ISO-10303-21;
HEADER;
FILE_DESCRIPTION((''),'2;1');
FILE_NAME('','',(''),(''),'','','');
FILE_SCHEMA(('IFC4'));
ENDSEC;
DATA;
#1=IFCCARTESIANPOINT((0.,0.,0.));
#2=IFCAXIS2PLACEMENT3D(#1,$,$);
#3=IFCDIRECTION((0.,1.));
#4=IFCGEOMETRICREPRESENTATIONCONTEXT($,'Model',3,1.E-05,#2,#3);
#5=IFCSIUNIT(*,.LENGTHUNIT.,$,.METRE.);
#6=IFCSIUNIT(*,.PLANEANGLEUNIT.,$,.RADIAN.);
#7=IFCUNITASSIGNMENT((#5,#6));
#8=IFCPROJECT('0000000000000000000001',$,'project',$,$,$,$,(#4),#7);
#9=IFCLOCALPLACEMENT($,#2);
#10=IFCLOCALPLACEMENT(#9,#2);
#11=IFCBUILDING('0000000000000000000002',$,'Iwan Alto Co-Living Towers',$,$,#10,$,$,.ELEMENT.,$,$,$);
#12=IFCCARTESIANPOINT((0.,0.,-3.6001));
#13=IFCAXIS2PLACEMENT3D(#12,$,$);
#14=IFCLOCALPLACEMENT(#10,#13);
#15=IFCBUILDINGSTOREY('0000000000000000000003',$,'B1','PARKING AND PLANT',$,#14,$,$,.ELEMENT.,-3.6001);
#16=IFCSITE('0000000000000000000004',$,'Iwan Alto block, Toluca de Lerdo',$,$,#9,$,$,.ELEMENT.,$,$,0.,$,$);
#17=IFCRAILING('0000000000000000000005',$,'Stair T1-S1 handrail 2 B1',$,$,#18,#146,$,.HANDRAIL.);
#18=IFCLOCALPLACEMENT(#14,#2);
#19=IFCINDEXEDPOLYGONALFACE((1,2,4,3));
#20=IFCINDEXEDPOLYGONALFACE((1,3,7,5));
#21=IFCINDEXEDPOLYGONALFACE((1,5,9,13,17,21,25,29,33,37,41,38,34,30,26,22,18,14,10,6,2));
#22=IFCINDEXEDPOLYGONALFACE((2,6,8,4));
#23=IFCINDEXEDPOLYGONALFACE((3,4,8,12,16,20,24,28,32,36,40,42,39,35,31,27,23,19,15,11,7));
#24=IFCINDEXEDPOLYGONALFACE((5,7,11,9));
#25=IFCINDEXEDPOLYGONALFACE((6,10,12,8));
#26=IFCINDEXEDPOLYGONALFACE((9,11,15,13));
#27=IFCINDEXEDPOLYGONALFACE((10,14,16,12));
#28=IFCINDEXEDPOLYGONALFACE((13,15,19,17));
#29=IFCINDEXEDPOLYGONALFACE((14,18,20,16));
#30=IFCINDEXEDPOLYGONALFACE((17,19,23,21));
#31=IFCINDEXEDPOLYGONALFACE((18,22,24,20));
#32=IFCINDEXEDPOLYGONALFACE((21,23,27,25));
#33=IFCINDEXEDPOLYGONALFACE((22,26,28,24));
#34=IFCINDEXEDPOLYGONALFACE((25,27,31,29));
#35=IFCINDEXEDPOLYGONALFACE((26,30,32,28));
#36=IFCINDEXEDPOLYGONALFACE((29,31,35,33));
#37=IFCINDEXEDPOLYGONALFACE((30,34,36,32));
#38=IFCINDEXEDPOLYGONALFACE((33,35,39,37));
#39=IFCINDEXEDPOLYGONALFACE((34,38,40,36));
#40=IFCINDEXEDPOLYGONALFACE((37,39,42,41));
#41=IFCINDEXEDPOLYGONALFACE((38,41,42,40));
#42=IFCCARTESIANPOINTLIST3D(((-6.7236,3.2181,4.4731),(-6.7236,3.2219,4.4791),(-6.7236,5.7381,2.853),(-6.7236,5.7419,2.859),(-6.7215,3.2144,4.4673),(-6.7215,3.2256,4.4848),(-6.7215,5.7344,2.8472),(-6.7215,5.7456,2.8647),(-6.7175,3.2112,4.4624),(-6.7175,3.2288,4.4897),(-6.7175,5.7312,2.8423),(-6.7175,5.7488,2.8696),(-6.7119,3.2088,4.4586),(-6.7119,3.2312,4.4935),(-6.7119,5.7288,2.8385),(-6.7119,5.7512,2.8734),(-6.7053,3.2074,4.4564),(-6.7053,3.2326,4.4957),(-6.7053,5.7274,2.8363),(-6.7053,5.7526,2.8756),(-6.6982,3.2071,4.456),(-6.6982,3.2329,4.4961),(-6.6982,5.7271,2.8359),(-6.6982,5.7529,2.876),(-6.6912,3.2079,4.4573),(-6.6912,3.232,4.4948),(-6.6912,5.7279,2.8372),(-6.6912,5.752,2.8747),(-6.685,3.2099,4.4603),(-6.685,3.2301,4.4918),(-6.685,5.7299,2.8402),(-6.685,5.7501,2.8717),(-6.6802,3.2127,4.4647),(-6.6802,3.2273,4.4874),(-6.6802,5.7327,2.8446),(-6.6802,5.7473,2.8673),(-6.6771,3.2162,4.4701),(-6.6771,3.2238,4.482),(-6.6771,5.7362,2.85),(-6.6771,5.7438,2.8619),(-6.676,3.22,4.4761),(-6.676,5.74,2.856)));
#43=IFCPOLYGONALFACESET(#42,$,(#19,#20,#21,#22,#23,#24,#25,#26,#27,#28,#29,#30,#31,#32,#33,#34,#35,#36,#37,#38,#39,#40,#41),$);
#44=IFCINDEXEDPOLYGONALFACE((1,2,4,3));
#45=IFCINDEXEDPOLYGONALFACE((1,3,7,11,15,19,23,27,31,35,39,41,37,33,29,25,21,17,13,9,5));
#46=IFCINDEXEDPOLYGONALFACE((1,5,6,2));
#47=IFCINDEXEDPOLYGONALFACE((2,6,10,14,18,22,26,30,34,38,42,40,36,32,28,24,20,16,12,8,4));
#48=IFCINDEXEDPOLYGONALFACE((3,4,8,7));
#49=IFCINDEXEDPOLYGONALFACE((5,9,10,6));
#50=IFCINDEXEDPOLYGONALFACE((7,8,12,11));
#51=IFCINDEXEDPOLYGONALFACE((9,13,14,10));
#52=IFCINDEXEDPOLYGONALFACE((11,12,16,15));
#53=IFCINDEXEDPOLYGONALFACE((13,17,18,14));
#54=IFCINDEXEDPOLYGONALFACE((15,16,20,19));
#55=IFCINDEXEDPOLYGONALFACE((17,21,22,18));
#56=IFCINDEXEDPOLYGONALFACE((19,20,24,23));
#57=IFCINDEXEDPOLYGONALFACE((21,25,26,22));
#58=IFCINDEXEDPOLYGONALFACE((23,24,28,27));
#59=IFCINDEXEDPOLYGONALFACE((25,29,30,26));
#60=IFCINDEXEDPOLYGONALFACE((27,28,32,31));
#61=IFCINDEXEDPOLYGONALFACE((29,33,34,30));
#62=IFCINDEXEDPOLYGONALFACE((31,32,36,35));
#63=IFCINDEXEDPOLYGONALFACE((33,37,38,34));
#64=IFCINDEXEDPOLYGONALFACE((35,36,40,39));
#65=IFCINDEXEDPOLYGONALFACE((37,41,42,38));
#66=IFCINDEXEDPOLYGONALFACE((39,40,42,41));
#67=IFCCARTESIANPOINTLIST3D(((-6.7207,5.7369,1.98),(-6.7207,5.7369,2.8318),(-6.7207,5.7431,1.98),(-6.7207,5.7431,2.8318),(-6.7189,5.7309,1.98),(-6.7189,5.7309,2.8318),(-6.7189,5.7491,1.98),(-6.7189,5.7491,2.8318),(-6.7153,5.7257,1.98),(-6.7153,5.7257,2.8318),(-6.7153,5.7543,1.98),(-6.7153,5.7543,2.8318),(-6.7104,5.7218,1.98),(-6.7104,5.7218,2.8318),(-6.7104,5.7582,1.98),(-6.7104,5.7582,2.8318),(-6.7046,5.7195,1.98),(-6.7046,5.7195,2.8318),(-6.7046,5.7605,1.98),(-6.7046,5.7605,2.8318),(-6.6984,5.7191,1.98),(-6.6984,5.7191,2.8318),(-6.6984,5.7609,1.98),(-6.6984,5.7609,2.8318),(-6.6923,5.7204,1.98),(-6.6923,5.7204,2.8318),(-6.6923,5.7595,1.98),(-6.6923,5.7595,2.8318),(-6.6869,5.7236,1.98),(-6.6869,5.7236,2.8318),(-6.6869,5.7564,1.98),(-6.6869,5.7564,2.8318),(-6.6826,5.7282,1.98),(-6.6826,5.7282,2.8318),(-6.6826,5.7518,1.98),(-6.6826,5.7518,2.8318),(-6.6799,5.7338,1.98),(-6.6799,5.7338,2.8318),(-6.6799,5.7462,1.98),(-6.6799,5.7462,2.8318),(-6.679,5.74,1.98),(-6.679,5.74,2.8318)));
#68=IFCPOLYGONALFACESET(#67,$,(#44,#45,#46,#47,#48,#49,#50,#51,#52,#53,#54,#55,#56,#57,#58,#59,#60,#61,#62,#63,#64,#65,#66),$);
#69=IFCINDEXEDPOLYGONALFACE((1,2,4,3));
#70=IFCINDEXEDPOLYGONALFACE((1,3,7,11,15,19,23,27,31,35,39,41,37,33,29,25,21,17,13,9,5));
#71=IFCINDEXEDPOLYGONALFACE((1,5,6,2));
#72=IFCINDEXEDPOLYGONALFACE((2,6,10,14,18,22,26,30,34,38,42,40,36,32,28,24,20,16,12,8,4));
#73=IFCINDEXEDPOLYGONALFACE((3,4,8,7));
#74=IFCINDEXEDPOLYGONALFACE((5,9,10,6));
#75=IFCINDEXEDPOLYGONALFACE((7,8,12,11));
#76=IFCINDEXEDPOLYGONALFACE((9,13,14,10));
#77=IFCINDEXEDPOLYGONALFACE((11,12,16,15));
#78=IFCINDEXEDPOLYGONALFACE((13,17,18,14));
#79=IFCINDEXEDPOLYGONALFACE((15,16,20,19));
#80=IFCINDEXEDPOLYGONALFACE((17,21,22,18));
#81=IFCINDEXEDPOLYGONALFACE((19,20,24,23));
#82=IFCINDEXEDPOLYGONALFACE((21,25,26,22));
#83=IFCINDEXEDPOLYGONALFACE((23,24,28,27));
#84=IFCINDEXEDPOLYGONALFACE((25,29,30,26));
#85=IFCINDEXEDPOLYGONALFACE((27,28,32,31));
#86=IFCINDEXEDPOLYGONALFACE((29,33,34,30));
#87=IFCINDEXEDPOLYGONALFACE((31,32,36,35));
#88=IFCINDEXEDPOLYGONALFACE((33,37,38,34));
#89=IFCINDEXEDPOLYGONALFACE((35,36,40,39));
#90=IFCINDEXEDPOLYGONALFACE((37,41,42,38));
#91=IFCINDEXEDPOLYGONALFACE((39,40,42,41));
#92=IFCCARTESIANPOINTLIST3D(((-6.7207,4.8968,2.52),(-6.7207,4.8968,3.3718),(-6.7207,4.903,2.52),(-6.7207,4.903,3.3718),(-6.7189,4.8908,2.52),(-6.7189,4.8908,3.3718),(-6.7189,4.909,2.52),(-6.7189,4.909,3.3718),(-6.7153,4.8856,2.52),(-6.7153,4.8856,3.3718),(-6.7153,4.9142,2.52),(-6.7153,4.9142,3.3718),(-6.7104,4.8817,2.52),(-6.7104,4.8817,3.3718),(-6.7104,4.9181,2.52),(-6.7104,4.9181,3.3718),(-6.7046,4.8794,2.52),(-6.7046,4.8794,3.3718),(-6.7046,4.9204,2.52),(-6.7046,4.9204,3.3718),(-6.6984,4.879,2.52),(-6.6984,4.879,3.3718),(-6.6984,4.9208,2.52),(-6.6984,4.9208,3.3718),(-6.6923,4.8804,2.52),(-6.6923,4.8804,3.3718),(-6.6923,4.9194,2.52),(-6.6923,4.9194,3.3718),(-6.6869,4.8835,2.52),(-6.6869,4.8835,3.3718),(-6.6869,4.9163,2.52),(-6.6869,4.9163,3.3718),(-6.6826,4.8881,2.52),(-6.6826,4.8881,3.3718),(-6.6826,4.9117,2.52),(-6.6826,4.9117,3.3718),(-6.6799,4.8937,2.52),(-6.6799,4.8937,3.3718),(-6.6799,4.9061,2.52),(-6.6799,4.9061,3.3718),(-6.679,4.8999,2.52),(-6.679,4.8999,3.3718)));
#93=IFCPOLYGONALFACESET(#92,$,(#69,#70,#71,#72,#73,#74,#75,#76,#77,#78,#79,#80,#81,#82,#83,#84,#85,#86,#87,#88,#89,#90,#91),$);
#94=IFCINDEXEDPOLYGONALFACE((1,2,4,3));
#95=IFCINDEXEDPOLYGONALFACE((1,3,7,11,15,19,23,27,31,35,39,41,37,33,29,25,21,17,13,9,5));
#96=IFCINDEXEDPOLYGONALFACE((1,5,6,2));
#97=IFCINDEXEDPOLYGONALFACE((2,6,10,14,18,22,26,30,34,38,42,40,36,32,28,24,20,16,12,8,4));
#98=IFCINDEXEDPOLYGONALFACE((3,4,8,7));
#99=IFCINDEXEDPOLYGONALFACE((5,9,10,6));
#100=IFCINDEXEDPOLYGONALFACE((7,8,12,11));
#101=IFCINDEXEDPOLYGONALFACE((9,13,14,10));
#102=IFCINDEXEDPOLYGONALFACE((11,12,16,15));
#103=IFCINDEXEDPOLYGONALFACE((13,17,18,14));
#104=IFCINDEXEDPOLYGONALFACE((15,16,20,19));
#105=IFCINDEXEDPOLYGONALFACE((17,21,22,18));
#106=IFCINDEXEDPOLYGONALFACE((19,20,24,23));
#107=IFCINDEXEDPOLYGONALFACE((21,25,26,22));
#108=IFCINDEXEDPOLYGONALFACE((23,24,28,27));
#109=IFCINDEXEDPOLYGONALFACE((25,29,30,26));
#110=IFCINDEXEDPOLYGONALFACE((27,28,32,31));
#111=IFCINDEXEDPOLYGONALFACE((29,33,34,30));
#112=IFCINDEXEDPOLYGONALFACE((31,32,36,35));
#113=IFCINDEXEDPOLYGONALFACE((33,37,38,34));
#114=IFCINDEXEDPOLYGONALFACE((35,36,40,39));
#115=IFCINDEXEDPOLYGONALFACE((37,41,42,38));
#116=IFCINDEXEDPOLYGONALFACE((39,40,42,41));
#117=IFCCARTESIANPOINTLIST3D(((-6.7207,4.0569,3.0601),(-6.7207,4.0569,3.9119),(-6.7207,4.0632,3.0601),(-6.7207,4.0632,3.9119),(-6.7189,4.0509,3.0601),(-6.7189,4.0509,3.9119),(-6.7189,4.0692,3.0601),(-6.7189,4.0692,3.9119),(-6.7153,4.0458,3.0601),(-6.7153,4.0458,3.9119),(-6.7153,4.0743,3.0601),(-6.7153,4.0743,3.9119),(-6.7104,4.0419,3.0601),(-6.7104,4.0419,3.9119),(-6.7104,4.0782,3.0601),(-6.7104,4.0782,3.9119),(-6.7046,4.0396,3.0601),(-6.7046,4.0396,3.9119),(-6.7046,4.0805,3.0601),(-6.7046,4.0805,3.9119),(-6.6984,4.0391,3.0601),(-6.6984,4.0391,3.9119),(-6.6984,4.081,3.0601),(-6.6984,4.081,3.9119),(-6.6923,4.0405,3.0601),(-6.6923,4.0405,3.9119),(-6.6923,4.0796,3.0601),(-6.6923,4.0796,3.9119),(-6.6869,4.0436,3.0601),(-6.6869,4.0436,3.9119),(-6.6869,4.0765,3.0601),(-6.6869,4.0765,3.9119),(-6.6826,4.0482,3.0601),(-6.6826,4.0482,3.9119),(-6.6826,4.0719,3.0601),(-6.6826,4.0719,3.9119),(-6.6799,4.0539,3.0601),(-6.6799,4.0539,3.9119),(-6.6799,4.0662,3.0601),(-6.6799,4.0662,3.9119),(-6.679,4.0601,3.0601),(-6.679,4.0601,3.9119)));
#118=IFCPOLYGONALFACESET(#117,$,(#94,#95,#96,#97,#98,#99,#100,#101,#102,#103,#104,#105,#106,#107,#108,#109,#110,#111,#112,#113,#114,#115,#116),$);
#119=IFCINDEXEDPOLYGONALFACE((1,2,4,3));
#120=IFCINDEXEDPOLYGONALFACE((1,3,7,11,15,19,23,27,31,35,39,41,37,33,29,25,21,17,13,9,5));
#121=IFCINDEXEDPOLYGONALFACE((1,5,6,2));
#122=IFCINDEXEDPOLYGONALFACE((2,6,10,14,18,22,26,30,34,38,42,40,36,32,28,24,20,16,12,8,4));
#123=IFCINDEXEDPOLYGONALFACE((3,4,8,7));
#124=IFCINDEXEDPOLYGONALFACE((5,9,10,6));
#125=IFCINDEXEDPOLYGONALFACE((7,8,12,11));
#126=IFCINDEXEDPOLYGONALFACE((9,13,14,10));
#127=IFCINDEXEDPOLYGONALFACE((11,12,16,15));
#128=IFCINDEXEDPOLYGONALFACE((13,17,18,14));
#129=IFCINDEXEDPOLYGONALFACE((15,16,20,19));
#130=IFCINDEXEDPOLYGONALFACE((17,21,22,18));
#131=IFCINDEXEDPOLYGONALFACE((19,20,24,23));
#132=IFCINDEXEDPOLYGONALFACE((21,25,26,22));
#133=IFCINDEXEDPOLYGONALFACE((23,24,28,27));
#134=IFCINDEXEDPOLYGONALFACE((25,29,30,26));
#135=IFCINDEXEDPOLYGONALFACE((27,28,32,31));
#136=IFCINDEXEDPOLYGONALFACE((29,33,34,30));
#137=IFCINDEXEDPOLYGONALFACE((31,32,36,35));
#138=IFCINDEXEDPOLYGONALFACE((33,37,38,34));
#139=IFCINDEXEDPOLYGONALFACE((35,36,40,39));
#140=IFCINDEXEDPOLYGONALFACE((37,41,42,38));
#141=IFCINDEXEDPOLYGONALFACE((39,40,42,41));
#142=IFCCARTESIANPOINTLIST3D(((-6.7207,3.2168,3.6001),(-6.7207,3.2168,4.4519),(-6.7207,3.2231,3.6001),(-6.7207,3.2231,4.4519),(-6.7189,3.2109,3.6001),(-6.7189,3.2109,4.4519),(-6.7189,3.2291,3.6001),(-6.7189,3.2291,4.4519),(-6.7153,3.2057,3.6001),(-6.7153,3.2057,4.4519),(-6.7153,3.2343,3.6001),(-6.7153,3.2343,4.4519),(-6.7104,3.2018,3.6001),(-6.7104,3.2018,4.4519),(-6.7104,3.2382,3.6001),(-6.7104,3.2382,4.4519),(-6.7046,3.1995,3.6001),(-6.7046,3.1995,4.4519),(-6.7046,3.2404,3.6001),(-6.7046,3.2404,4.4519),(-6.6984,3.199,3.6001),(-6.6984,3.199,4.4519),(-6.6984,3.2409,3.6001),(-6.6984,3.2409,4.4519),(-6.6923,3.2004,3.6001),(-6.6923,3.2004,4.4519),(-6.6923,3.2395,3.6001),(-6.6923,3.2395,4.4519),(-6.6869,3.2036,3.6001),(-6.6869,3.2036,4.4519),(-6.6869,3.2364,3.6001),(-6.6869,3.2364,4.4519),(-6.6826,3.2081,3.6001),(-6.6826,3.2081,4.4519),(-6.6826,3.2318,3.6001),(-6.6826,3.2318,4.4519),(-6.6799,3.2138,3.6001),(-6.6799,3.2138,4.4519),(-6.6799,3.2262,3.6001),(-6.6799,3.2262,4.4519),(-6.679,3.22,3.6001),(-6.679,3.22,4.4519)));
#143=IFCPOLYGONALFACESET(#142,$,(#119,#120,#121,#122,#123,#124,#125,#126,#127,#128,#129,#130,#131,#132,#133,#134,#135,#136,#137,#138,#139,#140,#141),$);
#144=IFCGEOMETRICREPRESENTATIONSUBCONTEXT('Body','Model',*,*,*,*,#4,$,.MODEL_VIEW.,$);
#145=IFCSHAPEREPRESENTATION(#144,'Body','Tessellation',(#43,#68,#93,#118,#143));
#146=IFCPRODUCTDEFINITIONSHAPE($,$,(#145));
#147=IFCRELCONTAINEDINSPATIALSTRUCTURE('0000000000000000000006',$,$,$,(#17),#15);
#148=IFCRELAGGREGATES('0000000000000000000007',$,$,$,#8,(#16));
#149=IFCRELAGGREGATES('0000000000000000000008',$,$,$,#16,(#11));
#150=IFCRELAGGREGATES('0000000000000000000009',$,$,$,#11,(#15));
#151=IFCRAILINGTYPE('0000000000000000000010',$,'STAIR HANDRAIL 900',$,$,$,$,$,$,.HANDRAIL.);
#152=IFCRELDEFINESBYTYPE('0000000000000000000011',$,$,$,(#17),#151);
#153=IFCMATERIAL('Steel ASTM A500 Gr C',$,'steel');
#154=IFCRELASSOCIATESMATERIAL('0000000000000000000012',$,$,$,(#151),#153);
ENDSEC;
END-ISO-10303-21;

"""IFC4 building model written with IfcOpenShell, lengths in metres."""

from ifc_helpers import new_model, si_unit, direction, frame, origin, origin_2d, place, context, subcontext, project, spatial, circle, extrude, material, type_object, element, save


model = new_model("IFC4")

# Units and contexts
model_context = context("Model", 3, precision=1e-05, world=origin(), true_north=direction((0.0, 1.0)))
body_context = subcontext(model_context, "Body", "Model", "MODEL_VIEW")
ifc_project = project(units=[si_unit("LENGTHUNIT", "METRE"), si_unit("PLANEANGLEUNIT", "RADIAN")], contexts=[model_context])

# Site, building, storey
site_placement = place(None, origin())
site = spatial("IfcSite", under=ifc_project, at=site_placement, Name="Iwan Alto block, Toluca de Lerdo", CompositionType="ELEMENT", RefElevation=0.0)
building_placement = place(site_placement, origin())
building = spatial("IfcBuilding", under=site, at=building_placement, Name="Iwan Alto Co-Living Towers", CompositionType="ELEMENT")
storey_placement = place(building_placement, frame((0.0, 0.0, -3.6001)))
storey = spatial("IfcBuildingStorey", under=building, at=storey_placement, Name="B1", Description="PARKING AND PLANT", CompositionType="ELEMENT", Elevation=-3.6001)

# Railing
ifc_material_1 = material(Name="Steel ASTM A500 Gr C", Category="steel")
railing_type_1 = type_object("IfcRailingType", Name="STAIR HANDRAIL 900", PredefinedType="HANDRAIL", material=ifc_material_1)
railing_1_placement = place(storey_placement, frame((-6.7, 5.74, 1.98)))
element("IfcRailing", 1, at=railing_1_placement, inside=storey, type_object=railing_type_1, Name="Stair T1-S1 handrail 2 B1", PredefinedType="HANDRAIL", context=body_context, shape_type="SweptSolid", body=[
    extrude(circle(Radius=0.0239, at=origin_2d()), frame((0.0, 0.0, 0.876), z_axis=(0.0, -0.841163, 0.540782), x_axis=(1.0, 0.0, 0.0)), (0.0, 0.0, 1.0), 2.9958),
    extrude(circle(Radius=0.021, at=origin_2d()), origin(), (0.0, 0.0, 1.0), 0.8518),
    extrude(circle(Radius=0.021, at=origin_2d()), frame((0.0, -0.8401, 0.54)), (0.0, 0.0, 1.0), 0.8518),
    extrude(circle(Radius=0.021, at=origin_2d()), frame((0.0, -1.6799, 1.0801)), (0.0, 0.0, 1.0), 0.8518),
    extrude(circle(Radius=0.021, at=origin_2d()), frame((0.0, -2.52, 1.6201)), (0.0, 0.0, 1.0), 0.8518),
])

save(model, "model.ifc")
